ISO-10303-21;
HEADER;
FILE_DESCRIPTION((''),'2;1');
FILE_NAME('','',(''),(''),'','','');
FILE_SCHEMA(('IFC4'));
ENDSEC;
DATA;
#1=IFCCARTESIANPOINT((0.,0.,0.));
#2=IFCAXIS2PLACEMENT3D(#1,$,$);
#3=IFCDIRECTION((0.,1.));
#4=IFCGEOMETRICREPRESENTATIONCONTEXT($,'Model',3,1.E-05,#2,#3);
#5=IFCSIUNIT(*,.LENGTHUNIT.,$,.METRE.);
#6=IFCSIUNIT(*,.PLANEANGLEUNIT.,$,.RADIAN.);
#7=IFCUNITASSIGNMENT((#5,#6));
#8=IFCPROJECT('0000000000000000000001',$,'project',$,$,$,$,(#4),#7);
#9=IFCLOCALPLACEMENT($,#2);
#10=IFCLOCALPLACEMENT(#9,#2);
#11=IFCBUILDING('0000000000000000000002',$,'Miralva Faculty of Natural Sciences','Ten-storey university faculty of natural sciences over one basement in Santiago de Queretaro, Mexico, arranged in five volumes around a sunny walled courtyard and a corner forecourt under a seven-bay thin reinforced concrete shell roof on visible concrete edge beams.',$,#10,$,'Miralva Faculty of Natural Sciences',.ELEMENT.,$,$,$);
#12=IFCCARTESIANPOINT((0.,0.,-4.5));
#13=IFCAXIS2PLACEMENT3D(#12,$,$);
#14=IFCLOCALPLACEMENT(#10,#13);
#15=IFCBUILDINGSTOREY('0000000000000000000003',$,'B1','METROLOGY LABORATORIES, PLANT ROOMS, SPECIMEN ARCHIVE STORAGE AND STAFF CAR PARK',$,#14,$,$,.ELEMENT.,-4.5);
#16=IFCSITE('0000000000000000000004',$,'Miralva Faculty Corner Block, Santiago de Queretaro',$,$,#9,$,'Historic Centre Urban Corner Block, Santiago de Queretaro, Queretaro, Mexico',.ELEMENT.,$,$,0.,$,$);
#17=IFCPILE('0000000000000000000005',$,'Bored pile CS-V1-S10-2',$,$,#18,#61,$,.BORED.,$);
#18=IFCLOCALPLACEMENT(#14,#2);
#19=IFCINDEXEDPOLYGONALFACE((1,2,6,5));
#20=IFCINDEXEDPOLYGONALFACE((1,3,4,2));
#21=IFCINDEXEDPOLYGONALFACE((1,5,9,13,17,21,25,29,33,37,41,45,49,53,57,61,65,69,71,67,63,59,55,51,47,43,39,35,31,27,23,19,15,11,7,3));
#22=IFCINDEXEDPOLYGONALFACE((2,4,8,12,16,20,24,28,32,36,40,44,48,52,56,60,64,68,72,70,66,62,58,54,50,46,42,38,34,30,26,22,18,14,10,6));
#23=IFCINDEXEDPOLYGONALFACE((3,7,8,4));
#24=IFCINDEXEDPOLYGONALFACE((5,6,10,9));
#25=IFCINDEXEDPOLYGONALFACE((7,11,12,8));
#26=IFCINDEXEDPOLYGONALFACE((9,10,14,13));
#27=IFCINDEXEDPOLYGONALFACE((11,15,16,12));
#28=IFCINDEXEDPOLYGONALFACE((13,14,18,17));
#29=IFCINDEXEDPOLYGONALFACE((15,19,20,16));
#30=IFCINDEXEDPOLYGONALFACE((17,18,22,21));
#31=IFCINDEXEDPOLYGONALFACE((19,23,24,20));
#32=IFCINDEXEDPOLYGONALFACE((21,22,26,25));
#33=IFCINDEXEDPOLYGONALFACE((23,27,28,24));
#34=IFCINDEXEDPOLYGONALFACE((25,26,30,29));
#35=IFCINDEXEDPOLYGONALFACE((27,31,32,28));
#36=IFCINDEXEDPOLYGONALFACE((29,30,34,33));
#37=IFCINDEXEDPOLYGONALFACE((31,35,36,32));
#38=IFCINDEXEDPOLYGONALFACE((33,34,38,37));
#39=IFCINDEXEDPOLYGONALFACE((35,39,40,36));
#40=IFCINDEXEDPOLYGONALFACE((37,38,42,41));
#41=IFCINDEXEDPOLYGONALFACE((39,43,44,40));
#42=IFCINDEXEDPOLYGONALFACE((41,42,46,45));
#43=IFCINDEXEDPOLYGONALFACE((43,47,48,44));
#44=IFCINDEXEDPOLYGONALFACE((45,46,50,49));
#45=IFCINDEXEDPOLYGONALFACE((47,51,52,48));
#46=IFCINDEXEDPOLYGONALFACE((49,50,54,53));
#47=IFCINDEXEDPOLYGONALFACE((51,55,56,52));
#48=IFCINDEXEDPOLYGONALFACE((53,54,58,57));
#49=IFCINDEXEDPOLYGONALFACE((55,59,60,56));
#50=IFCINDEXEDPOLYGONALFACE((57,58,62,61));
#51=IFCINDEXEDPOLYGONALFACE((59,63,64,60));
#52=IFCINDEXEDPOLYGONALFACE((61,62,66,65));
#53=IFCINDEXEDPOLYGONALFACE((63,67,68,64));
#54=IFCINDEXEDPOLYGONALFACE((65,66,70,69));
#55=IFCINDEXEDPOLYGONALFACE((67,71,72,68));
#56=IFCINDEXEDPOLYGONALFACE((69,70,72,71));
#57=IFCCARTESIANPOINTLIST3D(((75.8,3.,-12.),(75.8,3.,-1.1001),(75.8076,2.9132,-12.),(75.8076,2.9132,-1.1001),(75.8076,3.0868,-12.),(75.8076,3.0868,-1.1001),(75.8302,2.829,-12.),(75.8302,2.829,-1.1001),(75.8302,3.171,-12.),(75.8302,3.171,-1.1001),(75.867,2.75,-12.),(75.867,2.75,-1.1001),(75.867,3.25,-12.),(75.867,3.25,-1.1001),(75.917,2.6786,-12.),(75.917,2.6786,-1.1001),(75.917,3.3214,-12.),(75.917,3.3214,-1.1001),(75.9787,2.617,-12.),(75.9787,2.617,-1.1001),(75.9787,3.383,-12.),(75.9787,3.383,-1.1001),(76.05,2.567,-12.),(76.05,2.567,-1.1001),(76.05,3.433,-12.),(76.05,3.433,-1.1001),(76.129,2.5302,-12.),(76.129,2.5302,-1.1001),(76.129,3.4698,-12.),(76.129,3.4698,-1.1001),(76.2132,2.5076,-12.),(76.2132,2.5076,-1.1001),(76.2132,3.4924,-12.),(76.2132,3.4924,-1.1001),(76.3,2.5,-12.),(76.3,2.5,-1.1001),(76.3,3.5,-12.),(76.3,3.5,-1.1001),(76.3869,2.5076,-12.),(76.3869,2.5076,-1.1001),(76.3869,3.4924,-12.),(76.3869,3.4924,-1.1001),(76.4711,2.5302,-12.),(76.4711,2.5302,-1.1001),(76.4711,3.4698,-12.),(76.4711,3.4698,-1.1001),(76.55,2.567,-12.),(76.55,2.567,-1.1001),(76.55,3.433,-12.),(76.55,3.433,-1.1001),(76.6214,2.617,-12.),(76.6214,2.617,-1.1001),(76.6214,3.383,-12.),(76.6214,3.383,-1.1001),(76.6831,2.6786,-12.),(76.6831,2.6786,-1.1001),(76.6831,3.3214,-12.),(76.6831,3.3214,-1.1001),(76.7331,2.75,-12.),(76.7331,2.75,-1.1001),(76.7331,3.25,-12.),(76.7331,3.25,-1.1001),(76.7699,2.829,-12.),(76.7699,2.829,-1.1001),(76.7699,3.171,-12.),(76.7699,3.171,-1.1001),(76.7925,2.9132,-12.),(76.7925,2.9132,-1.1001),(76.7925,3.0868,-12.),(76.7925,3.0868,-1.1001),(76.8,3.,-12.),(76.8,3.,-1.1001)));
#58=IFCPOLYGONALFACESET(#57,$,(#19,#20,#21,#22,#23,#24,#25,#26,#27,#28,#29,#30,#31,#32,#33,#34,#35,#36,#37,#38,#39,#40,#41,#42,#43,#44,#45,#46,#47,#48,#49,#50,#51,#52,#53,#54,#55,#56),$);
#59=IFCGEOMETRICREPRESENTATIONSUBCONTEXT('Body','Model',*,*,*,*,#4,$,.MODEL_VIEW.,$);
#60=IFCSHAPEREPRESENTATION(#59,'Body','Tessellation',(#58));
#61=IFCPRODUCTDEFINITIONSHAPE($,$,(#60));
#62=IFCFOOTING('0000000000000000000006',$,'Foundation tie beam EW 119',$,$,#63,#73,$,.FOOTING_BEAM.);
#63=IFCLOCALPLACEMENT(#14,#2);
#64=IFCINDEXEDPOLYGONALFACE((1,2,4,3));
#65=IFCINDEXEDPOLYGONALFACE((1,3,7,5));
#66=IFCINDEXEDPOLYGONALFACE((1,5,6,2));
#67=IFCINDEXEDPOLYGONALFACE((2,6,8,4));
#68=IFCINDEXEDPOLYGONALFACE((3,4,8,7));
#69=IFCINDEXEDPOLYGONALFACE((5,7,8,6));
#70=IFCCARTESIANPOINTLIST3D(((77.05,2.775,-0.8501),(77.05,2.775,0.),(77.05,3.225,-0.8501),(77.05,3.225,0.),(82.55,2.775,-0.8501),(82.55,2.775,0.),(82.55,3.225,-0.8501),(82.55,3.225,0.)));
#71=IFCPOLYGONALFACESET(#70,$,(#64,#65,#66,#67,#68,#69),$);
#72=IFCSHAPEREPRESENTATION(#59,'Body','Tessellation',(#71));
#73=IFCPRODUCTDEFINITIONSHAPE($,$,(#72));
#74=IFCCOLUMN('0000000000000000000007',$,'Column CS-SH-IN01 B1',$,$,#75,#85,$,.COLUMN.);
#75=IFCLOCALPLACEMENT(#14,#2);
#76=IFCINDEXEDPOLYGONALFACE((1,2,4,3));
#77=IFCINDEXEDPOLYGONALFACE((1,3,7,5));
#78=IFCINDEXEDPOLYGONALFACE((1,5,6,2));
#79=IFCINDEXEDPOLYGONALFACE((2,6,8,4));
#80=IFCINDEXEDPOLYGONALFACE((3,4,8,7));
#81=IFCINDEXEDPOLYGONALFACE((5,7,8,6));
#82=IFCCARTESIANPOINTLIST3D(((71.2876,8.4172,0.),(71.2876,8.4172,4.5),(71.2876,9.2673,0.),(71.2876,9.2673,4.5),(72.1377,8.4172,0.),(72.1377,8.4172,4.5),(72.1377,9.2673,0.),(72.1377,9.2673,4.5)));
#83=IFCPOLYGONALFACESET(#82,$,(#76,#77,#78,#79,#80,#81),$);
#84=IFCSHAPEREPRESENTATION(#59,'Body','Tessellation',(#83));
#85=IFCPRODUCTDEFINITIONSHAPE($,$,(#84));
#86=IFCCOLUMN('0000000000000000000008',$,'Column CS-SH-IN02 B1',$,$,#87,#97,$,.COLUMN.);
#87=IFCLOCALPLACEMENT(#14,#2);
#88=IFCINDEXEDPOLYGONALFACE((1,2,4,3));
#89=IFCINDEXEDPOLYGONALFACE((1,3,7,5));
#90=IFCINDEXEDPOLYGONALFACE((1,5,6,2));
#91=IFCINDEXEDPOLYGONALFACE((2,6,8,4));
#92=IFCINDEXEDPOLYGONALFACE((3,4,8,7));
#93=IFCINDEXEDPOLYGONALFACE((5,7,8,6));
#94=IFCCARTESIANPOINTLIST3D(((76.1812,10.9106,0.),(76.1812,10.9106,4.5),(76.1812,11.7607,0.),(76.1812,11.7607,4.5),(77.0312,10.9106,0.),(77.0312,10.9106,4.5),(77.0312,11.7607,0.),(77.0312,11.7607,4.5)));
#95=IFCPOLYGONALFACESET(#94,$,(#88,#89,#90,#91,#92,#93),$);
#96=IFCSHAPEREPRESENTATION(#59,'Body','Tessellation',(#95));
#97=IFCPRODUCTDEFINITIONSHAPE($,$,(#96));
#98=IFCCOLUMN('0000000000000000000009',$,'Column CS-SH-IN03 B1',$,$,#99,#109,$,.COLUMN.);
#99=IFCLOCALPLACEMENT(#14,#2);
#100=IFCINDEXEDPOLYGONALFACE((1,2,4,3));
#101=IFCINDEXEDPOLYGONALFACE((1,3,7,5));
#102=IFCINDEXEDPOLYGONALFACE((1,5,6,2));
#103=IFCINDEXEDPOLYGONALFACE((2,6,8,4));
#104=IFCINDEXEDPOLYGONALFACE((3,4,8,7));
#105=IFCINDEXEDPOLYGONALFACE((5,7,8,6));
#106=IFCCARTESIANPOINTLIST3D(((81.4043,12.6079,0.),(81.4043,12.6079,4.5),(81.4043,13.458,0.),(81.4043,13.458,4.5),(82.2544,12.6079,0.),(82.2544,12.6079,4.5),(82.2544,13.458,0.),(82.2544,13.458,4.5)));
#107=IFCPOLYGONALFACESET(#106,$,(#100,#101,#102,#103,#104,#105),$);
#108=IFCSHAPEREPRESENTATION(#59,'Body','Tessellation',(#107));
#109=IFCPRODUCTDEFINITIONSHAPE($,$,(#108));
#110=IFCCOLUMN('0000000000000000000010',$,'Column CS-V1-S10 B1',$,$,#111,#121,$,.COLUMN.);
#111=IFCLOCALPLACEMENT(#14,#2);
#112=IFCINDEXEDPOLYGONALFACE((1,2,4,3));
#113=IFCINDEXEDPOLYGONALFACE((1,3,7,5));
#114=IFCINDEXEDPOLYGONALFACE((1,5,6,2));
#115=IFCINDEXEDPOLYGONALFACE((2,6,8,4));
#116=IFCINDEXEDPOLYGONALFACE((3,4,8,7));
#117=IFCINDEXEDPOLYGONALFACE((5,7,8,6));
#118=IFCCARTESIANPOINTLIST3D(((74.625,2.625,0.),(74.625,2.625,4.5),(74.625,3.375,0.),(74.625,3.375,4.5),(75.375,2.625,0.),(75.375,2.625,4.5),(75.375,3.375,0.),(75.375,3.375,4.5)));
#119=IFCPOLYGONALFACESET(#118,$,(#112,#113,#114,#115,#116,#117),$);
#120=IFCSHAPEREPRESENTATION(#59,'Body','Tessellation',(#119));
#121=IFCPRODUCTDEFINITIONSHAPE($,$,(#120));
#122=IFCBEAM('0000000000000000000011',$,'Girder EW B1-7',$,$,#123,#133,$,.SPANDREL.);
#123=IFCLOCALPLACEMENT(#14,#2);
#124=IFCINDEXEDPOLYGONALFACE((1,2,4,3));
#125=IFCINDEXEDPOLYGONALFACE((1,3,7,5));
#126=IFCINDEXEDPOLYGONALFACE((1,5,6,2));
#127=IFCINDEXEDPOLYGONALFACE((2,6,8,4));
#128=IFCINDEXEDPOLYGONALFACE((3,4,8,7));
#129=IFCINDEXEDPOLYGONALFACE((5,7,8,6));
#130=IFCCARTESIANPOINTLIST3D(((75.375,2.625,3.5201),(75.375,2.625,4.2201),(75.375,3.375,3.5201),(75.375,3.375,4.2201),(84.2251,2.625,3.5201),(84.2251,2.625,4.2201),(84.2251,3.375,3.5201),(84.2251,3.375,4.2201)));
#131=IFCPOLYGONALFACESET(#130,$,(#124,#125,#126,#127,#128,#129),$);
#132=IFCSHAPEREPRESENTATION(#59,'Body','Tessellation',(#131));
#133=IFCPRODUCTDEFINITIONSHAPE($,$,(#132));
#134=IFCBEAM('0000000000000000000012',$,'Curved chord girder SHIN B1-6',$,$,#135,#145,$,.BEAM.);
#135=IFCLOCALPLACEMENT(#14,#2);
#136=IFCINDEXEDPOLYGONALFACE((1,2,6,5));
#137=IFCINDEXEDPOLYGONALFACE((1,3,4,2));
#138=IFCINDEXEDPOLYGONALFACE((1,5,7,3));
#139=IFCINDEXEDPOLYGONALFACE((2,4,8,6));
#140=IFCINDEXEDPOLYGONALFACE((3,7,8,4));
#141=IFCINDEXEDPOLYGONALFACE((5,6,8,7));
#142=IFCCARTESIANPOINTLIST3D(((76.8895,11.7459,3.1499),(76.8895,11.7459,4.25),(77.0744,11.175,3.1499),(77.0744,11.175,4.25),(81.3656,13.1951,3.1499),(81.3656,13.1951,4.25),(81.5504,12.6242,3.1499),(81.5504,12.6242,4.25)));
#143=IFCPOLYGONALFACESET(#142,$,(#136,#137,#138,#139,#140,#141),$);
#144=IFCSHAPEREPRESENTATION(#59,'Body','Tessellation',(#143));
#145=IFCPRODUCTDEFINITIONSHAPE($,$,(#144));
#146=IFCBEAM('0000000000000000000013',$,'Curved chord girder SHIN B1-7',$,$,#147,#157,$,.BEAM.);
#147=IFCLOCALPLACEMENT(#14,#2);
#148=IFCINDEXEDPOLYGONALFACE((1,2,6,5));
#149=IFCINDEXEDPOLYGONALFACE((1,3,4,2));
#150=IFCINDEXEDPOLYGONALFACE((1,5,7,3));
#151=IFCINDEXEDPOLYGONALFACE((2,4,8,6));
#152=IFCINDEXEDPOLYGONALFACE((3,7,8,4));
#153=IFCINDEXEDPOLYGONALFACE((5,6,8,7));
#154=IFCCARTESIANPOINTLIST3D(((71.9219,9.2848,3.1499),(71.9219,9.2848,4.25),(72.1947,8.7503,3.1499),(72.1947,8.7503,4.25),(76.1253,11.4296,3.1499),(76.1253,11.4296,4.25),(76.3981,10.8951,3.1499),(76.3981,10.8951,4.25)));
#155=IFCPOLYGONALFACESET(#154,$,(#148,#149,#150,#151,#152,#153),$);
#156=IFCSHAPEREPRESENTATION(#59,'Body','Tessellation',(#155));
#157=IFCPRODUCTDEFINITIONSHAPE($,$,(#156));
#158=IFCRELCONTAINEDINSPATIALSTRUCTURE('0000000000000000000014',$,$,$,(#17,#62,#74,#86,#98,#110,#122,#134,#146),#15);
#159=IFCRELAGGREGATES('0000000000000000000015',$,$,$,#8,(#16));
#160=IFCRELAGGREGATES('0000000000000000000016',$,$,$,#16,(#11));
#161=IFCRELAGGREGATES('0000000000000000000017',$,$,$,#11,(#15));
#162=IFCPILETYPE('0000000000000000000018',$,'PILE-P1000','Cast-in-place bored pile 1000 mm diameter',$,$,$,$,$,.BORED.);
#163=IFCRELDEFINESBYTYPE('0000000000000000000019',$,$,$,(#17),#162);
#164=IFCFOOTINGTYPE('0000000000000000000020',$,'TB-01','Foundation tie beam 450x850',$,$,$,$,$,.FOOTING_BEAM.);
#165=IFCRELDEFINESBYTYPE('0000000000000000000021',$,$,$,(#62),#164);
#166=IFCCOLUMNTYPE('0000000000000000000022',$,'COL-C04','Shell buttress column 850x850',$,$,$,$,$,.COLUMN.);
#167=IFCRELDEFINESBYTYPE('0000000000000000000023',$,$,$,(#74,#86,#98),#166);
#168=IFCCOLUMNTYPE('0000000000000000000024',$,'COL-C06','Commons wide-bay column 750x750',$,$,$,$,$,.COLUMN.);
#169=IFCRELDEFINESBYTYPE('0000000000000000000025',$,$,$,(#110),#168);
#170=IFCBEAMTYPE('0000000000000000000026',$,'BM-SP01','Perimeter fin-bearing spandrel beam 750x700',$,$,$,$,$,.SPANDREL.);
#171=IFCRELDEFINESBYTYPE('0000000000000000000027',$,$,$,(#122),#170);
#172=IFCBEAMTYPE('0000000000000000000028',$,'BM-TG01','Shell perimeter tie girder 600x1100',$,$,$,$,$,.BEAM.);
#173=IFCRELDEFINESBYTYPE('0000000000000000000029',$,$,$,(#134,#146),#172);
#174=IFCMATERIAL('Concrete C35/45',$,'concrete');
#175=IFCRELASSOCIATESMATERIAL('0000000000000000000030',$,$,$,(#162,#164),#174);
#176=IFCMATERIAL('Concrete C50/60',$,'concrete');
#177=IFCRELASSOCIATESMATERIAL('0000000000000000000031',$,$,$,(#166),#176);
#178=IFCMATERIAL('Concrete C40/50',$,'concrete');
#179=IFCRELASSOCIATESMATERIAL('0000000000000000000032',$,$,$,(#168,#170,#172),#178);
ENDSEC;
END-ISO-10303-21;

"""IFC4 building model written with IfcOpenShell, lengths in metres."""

from ifc_helpers import new_model, si_unit, direction, frame, origin, origin_2d, place, context, subcontext, project, spatial, rectangle, circle, extrude, material, material_profile, profile_set, type_object, element, save


model = new_model("IFC4")

# Units and contexts
model_context = context("Model", 3, precision=1e-05, world=origin(), true_north=direction((0.0, 1.0)))
body_context = subcontext(model_context, "Body", "Model", "MODEL_VIEW")
ifc_project = project(units=[si_unit("LENGTHUNIT", "METRE"), si_unit("PLANEANGLEUNIT", "RADIAN")], contexts=[model_context])

# Site, building, storey
site_placement = place(None, origin())
site = spatial("IfcSite", under=ifc_project, at=site_placement, Name="Miralva Faculty Corner Block, Santiago de Queretaro", LongName="Historic Centre Urban Corner Block, Santiago de Queretaro, Queretaro, Mexico", CompositionType="ELEMENT", RefElevation=0.0)
building_placement = place(site_placement, origin())
building = spatial("IfcBuilding", under=site, at=building_placement, Name="Miralva Faculty of Natural Sciences", Description="Ten-storey university faculty of natural sciences over one basement in Santiago de Queretaro, Mexico, arranged in five volumes around a sunny walled courtyard and a corner forecourt under a seven-bay thin reinforced concrete shell roof on visible concrete edge beams.", LongName="Miralva Faculty of Natural Sciences", CompositionType="ELEMENT")
storey_placement = place(building_placement, frame((0.0, 0.0, -4.5)))
storey = spatial("IfcBuildingStorey", under=building, at=storey_placement, Name="B1", Description="METROLOGY LABORATORIES, PLANT ROOMS, SPECIMEN ARCHIVE STORAGE AND STAFF CAR PARK", CompositionType="ELEMENT", Elevation=-4.5)

# Shared definitions
ifc_material_1 = material(Name="Concrete C35/45", Category="concrete")
ifc_material_2 = material(Name="Concrete C40/50", Category="concrete")

# Pile
ifc_material_profile_1 = material_profile(ifc_material_1, circle(Radius=0.5, at=origin_2d()), Name="BORED PILE 1000")
ifc_profile_set_1 = profile_set([ifc_material_profile_1], Name="Concrete C35/45")
pile_type = type_object("IfcPileType", Name="PILE-P1000", Description="Cast-in-place bored pile 1000 mm diameter", PredefinedType="BORED", material=ifc_profile_set_1)
for number, where, z_axis, x_axis, name in (
    (1, (76.3, 3.0, -1.1001), (0.0, 0.0, -1.0), (1.0, 0.0, 0.0), "Bored pile CS-V1-S10-2"),
):
    element("IfcPile", number, at=place(storey_placement, frame(where, z_axis=z_axis, x_axis=x_axis)), inside=storey, type_object=pile_type, Name=name, PredefinedType="BORED", context=body_context, shape_type="SweptSolid", body=[
        extrude(circle(Radius=0.5, at=origin_2d()), origin(), (0.0, 0.0, 1.0), 10.8999),
    ])

# Footing
ifc_material_profile_2 = material_profile(ifc_material_1, rectangle(XDim=0.45, YDim=0.8501, at=origin_2d()), Name="RC 450x850")
ifc_profile_set_2 = profile_set([ifc_material_profile_2], Name="Concrete C35/45")
footing_type_1 = type_object("IfcFootingType", Name="TB-01", Description="Foundation tie beam 450x850", PredefinedType="FOOTING_BEAM", material=ifc_profile_set_2)
footing_1_placement = place(storey_placement, frame((77.05, 3.0, -0.425), z_axis=(1.0, 0.0, 0.0), x_axis=(0.0, 1.0, 0.0)))
element("IfcFooting", 2, at=footing_1_placement, inside=storey, type_object=footing_type_1, Name="Foundation tie beam EW 119", PredefinedType="FOOTING_BEAM", context=body_context, shape_type="SweptSolid", body=[
    extrude(rectangle(XDim=0.45, YDim=0.8501, at=origin_2d()), origin(), (0.0, 0.0, 1.0), 5.5),
])

# Columns
ifc_material_3 = material(Name="Concrete C50/60", Category="concrete")
ifc_material_profile_3 = material_profile(ifc_material_3, rectangle(XDim=0.8501, YDim=0.8501, at=origin_2d()), Name="RC 850x850")
ifc_profile_set_3 = profile_set([ifc_material_profile_3], Name="Concrete C50/60")
column_type_1 = type_object("IfcColumnType", Name="COL-C04", Description="Shell buttress column 850x850", PredefinedType="COLUMN", material=ifc_profile_set_3)
for number, where, z_axis, x_axis, name in (
    (3, (71.7126, 8.8423, 0.0), (0.0, 0.0, 1.0), (1.0, 0.0, 0.0), "Column CS-SH-IN01 B1"),
    (4, (76.6062, 11.3357, 0.0), (0.0, 0.0, 1.0), (1.0, 0.0, 0.0), "Column CS-SH-IN02 B1"),
    (5, (81.8293, 13.033, 0.0), (0.0, 0.0, 1.0), (1.0, 0.0, 0.0), "Column CS-SH-IN03 B1"),
):
    element("IfcColumn", number, at=place(storey_placement, frame(where, z_axis=z_axis, x_axis=x_axis)), inside=storey, type_object=column_type_1, Name=name, PredefinedType="COLUMN", context=body_context, shape_type="SweptSolid", body=[
        extrude(rectangle(XDim=0.8501, YDim=0.8501, at=origin_2d()), origin(), (0.0, 0.0, 1.0), 4.5),
    ])
ifc_material_profile_4 = material_profile(ifc_material_2, rectangle(XDim=0.75, YDim=0.75, at=origin_2d()), Name="RC 750x750")
ifc_profile_set_4 = profile_set([ifc_material_profile_4], Name="Concrete C40/50")
column_type_2 = type_object("IfcColumnType", Name="COL-C06", Description="Commons wide-bay column 750x750", PredefinedType="COLUMN", material=ifc_profile_set_4)
column_placement = place(storey_placement, frame((75.0, 3.0, 0.0), z_axis=(0.0, 0.0, 1.0), x_axis=(1.0, 0.0, 0.0)))
element("IfcColumn", 6, at=column_placement, inside=storey, type_object=column_type_2, Name="Column CS-V1-S10 B1", PredefinedType="COLUMN", context=body_context, shape_type="SweptSolid", body=[
    extrude(rectangle(XDim=0.75, YDim=0.75, at=origin_2d()), origin(), (0.0, 0.0, 1.0), 4.5),
])

# Beams
ifc_material_profile_5 = material_profile(ifc_material_2, rectangle(XDim=0.75, YDim=0.7, at=origin_2d()), Name="RC 750x700")
ifc_profile_set_5 = profile_set([ifc_material_profile_5], Name="Concrete C40/50")
beam_type_1 = type_object("IfcBeamType", Name="BM-SP01", Description="Perimeter fin-bearing spandrel beam 750x700", PredefinedType="SPANDREL", material=ifc_profile_set_5)
beam_1_placement = place(storey_placement, frame((75.375, 3.0, 3.8701), z_axis=(1.0, 0.0, 0.0), x_axis=(0.0, 1.0, 0.0)))
element("IfcBeam", 7, at=beam_1_placement, inside=storey, type_object=beam_type_1, Name="Girder EW B1-7", PredefinedType="SPANDREL", context=body_context, shape_type="SweptSolid", body=[
    extrude(rectangle(XDim=0.75, YDim=0.7, at=origin_2d()), origin(), (0.0, 0.0, 1.0), 8.8501),
])
ifc_material_profile_6 = material_profile(ifc_material_2, rectangle(XDim=0.6001, YDim=1.1001, at=origin_2d()), Name="RC 600x1100")
ifc_profile_set_6 = profile_set([ifc_material_profile_6], Name="Concrete C40/50")
beam_type_2 = type_object("IfcBeamType", Name="BM-TG01", Description="Shell perimeter tie girder 600x1100", PredefinedType="BEAM", material=ifc_profile_set_6)
beam_2_placement = place(storey_placement, frame((81.458, 12.9097, 3.7), z_axis=(-0.951377, -0.308028, 0.0), x_axis=(0.308028, -0.951377, 0.0)))
element("IfcBeam", 8, at=beam_2_placement, inside=storey, type_object=beam_type_2, Name="Curved chord girder SHIN B1-6", PredefinedType="BEAM", context=body_context, shape_type="SweptSolid", body=[
    extrude(rectangle(XDim=0.6001, YDim=1.1001, at=origin_2d()), origin(), (0.0, 0.0, 1.0), 4.7048),
])
beam_3_placement = place(storey_placement, frame((76.2617, 11.1624, 3.7), z_axis=(-0.890745, -0.454504, 0.0), x_axis=(0.454504, -0.890745, 0.0)))
element("IfcBeam", 9, at=beam_3_placement, inside=storey, type_object=beam_type_2, Name="Curved chord girder SHIN B1-7", PredefinedType="BEAM", context=body_context, shape_type="SweptSolid", body=[
    extrude(rectangle(XDim=0.6001, YDim=1.1001, at=origin_2d()), origin(), (0.0, 0.0, 1.0), 4.719),
])

save(model, "model.ifc")
